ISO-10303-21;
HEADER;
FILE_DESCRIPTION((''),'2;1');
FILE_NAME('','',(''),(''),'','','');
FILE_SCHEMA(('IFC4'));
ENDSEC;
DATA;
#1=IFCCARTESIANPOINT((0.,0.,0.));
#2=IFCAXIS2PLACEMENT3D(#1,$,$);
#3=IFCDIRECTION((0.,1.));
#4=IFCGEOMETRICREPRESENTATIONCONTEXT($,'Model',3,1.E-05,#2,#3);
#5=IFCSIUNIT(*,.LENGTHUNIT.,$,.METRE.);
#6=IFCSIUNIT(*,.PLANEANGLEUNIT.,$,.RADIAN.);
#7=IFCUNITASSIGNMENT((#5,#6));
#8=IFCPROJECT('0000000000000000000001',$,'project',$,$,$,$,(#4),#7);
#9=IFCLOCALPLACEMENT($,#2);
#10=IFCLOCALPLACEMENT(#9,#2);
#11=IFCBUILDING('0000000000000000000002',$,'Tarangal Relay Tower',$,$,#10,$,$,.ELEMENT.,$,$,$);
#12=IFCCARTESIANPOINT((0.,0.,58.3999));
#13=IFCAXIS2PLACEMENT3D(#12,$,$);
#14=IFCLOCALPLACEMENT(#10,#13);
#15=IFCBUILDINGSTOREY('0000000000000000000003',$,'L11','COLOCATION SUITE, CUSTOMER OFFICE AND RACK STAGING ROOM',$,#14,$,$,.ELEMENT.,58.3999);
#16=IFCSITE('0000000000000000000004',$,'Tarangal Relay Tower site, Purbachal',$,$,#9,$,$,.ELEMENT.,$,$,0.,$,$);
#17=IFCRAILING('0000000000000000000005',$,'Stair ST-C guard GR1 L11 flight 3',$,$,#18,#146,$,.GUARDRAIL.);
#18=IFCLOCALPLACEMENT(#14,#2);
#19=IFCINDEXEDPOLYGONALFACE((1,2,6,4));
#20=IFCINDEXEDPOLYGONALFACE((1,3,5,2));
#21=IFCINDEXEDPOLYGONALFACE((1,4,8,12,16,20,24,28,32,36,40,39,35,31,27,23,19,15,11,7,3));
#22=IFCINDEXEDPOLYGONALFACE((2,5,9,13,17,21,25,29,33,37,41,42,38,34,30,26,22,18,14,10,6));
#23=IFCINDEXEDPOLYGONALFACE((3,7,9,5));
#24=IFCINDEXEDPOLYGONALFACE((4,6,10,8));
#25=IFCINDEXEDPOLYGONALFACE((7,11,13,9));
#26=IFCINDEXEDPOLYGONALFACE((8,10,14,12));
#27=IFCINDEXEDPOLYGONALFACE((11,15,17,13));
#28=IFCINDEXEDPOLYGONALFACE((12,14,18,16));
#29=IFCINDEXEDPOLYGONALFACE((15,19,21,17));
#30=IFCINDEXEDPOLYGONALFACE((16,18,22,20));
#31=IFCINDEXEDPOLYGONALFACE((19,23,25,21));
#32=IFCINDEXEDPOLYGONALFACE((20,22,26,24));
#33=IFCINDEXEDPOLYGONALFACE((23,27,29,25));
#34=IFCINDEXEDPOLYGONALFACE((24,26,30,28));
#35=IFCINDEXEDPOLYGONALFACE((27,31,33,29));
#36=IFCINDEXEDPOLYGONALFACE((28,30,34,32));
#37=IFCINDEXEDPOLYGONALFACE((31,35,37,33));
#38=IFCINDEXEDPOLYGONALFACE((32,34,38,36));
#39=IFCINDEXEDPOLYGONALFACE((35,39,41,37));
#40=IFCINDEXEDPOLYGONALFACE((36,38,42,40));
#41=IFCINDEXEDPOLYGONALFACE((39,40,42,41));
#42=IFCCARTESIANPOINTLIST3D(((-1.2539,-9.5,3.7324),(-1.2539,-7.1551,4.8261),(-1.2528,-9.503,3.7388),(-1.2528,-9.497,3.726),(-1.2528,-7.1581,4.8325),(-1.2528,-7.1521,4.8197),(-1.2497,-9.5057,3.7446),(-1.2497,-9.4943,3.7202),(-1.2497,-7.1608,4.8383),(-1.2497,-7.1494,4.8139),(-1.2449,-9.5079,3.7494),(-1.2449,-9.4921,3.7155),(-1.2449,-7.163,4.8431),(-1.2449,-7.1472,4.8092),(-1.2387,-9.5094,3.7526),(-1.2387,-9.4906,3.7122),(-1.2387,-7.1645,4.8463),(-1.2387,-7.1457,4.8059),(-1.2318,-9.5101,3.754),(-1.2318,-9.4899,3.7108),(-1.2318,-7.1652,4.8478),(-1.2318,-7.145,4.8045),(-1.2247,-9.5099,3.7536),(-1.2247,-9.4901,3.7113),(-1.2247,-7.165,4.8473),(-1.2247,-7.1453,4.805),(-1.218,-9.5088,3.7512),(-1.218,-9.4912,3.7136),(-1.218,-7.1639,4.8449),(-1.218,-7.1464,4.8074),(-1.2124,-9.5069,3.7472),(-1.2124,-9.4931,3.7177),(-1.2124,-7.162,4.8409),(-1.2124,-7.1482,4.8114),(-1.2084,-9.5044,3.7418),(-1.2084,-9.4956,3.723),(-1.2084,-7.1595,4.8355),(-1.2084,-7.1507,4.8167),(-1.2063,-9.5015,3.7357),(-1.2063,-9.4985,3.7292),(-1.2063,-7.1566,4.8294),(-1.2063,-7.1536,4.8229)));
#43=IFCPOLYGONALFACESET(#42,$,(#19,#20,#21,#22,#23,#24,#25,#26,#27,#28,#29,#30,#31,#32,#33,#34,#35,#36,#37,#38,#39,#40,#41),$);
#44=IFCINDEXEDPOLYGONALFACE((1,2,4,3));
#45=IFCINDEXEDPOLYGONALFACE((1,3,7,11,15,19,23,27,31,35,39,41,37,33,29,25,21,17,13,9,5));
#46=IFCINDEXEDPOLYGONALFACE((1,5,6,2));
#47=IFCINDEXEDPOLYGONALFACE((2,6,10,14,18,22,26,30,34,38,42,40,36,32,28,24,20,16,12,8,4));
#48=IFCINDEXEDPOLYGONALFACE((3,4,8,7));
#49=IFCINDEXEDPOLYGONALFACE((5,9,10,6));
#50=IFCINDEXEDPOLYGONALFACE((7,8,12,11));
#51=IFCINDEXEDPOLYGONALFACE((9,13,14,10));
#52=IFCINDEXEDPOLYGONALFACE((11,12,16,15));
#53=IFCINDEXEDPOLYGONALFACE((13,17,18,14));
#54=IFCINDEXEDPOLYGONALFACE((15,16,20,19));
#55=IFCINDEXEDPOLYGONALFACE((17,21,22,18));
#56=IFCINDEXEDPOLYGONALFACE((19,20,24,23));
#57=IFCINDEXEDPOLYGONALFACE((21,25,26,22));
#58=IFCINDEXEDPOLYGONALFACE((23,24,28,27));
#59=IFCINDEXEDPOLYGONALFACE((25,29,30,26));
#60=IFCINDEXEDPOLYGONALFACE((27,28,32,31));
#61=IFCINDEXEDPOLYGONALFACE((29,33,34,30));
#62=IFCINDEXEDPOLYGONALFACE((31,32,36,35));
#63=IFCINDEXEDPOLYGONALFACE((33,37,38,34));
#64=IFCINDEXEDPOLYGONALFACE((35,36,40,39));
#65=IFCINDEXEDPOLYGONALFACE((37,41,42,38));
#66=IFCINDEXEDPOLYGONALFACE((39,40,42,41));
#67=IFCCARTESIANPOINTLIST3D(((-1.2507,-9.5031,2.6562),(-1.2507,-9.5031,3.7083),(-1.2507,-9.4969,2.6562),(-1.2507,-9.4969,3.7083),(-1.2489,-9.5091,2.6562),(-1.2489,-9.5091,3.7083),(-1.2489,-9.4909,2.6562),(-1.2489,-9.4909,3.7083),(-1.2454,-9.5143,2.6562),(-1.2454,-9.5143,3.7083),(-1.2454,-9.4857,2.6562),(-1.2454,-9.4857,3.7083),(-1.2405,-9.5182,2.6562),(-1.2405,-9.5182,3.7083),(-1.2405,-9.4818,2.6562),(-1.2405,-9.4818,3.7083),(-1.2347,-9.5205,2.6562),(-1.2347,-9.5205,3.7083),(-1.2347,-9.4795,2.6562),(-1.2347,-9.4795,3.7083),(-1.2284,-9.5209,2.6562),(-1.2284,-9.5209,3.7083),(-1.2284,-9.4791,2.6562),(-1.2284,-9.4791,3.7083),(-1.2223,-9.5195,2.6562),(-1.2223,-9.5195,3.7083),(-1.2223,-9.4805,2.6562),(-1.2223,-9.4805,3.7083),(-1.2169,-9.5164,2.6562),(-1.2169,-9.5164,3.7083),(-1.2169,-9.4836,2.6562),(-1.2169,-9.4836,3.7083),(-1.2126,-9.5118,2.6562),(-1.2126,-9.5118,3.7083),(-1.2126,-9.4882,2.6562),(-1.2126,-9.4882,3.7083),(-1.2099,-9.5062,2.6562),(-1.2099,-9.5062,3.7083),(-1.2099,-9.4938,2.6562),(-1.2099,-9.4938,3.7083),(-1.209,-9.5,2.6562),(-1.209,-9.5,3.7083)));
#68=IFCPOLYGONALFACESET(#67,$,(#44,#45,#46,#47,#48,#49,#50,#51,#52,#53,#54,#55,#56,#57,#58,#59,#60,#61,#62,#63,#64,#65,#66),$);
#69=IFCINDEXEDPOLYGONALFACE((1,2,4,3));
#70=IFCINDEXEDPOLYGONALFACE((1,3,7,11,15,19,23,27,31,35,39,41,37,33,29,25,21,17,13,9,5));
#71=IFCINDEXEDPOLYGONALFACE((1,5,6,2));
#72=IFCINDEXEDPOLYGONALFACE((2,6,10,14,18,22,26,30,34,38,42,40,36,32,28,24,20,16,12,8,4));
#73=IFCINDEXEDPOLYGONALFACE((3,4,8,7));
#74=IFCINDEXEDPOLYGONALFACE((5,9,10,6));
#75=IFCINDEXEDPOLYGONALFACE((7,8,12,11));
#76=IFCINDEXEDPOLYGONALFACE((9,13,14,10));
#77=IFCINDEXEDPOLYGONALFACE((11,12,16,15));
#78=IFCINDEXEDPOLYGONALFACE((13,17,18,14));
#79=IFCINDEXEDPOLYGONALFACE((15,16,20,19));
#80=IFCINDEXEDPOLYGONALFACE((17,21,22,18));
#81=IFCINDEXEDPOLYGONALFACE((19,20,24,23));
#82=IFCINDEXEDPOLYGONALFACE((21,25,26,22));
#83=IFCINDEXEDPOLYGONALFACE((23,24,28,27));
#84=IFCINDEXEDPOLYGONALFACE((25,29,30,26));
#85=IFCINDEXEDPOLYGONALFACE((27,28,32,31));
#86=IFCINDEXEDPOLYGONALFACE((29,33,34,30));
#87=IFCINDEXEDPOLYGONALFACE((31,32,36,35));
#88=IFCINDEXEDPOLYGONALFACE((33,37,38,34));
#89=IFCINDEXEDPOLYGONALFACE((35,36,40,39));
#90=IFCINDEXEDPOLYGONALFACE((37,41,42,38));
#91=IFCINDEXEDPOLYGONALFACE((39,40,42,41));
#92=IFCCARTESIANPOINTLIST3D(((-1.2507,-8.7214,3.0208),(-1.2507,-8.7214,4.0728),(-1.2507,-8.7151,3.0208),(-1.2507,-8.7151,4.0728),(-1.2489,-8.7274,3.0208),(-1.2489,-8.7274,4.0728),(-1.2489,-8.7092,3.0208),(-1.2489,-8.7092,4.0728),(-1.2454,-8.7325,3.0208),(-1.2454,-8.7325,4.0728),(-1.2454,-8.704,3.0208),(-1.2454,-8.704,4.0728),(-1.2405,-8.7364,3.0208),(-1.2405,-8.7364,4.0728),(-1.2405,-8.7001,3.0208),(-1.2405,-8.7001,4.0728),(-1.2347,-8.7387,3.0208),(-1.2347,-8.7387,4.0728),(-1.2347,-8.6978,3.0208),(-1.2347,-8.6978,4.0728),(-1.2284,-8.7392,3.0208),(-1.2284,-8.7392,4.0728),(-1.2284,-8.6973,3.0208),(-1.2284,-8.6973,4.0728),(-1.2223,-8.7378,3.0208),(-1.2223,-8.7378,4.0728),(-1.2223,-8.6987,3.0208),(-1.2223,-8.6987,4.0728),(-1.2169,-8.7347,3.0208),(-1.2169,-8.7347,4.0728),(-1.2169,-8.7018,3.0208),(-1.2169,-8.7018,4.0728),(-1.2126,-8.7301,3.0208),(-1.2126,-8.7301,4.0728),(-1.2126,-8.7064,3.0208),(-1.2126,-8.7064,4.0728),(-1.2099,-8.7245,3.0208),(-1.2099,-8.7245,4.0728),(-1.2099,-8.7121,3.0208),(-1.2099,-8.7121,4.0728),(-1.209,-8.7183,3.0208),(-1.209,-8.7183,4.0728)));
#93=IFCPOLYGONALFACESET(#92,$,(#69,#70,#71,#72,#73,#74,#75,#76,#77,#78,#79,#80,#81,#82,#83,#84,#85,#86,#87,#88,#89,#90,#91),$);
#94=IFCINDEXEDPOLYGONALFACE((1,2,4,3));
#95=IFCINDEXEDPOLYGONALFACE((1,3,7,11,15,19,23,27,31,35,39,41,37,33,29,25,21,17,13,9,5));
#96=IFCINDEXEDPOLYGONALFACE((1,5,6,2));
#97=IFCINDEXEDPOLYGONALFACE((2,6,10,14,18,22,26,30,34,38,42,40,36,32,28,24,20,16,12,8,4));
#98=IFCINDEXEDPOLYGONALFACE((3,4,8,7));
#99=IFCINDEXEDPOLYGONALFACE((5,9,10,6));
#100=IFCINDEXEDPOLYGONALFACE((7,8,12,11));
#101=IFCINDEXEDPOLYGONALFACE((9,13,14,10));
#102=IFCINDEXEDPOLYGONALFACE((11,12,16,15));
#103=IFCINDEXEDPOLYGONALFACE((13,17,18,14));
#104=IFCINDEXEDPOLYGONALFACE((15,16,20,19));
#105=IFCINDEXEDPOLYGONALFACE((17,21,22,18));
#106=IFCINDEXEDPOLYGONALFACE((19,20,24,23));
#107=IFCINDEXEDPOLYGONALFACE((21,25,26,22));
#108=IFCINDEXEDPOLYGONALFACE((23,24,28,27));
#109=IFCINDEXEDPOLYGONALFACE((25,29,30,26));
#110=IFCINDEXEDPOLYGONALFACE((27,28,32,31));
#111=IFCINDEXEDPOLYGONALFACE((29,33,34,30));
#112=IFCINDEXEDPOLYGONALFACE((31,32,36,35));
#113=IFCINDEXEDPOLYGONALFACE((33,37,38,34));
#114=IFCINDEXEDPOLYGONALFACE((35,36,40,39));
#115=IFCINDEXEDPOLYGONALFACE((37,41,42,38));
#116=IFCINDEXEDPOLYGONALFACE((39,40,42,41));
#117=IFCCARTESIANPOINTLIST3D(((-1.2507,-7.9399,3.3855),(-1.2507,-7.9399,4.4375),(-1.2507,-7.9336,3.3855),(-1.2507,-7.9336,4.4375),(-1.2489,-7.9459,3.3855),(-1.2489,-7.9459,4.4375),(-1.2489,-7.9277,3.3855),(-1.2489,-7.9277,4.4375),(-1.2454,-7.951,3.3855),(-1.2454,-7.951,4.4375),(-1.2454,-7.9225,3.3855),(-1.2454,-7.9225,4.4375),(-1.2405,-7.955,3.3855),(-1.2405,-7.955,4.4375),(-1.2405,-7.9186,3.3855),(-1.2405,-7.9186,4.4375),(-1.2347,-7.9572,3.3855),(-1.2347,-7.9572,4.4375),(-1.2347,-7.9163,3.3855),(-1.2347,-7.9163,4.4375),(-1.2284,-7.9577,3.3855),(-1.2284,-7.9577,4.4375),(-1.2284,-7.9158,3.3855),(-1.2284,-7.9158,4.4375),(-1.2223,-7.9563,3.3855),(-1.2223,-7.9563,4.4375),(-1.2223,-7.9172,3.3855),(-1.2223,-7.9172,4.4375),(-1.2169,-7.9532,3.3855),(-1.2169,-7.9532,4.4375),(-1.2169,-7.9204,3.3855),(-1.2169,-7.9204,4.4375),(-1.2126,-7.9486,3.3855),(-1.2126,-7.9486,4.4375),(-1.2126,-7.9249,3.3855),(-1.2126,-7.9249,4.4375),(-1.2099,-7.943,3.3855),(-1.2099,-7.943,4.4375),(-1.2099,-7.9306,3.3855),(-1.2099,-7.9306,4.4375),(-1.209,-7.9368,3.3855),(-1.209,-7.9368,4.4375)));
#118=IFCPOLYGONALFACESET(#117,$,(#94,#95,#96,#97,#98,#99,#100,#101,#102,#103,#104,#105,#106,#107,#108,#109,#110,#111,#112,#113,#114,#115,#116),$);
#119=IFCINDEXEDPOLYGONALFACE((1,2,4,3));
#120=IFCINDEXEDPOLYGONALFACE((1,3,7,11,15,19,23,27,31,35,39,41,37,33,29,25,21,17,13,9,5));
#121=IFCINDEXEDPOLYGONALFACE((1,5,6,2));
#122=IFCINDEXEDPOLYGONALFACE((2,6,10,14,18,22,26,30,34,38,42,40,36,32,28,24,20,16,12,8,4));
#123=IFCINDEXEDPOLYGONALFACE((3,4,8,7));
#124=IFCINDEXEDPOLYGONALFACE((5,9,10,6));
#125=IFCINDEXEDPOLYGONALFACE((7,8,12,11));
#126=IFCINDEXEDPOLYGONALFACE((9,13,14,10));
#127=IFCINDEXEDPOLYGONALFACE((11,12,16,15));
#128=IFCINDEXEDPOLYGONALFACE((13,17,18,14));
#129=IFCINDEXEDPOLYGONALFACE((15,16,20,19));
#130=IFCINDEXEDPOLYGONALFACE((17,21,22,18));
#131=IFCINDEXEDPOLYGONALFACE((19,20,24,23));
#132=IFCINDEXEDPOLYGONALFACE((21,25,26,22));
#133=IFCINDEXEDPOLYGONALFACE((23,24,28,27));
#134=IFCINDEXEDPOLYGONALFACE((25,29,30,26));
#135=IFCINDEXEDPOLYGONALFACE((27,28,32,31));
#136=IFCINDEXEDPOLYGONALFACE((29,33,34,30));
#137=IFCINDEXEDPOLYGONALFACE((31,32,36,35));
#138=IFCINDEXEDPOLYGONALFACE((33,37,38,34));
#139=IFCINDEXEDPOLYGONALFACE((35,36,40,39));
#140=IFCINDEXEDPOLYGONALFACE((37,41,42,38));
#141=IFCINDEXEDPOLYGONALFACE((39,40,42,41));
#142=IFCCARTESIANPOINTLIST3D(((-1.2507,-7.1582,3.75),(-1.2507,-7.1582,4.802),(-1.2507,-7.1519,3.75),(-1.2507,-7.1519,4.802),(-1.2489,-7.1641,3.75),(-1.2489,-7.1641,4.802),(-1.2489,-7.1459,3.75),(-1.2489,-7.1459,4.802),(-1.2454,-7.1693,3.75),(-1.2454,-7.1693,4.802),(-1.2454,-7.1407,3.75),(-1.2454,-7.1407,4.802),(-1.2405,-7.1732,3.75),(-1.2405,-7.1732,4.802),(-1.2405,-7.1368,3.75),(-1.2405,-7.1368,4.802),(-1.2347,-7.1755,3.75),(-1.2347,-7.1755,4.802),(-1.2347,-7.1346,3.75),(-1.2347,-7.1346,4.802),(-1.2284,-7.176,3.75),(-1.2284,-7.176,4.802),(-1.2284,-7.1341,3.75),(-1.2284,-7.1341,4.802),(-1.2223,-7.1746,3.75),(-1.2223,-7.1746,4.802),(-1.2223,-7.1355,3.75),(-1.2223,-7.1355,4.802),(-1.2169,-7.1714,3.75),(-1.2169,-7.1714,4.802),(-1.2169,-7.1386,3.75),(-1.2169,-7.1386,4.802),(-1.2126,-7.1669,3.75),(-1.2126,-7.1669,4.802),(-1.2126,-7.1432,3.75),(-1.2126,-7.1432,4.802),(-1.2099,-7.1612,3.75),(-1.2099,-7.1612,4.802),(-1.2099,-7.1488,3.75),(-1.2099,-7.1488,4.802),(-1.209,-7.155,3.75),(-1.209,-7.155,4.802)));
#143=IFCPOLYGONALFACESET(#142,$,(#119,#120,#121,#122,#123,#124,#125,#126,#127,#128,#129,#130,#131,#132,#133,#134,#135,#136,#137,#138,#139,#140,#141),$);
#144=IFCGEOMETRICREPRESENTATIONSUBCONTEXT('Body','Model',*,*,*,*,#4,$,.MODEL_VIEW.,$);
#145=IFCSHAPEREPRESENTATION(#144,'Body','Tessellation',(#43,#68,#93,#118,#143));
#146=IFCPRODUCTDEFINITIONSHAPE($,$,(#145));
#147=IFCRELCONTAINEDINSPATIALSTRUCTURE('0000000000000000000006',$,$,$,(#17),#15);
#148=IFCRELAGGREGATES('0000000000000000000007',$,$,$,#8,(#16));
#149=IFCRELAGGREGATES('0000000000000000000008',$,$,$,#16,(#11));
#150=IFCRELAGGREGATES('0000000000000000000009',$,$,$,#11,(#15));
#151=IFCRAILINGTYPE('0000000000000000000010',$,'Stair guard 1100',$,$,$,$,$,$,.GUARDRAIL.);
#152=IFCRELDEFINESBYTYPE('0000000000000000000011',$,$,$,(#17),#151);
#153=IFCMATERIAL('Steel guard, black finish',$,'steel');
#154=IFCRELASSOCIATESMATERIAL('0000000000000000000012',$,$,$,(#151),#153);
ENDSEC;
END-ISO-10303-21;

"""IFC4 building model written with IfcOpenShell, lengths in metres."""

from ifc_helpers import new_model, si_unit, direction, frame, origin, origin_2d, place, context, subcontext, project, spatial, circle, extrude, material, type_object, element, save


model = new_model("IFC4")

# Units and contexts
model_context = context("Model", 3, precision=1e-05, world=origin(), true_north=direction((0.0, 1.0)))
body_context = subcontext(model_context, "Body", "Model", "MODEL_VIEW")
ifc_project = project(units=[si_unit("LENGTHUNIT", "METRE"), si_unit("PLANEANGLEUNIT", "RADIAN")], contexts=[model_context])

# Site, building, storey
site_placement = place(None, origin())
site = spatial("IfcSite", under=ifc_project, at=site_placement, Name="Tarangal Relay Tower site, Purbachal", CompositionType="ELEMENT", RefElevation=0.0)
building_placement = place(site_placement, origin())
building = spatial("IfcBuilding", under=site, at=building_placement, Name="Tarangal Relay Tower", CompositionType="ELEMENT")
storey_placement = place(building_placement, frame((0.0, 0.0, 58.3999)))
storey = spatial("IfcBuildingStorey", under=building, at=storey_placement, Name="L11", Description="COLOCATION SUITE, CUSTOMER OFFICE AND RACK STAGING ROOM", CompositionType="ELEMENT", Elevation=58.3999)

# Railing
ifc_material_1 = material(Name="Steel guard, black finish", Category="steel")
railing_type_1 = type_object("IfcRailingType", Name="Stair guard 1100", PredefinedType="GUARDRAIL", material=ifc_material_1)
for number, where, name in (
    (1, (-1.23, -9.5, 2.6562), "Stair ST-C guard GR1 L11 flight 3"),
):
    element("IfcRailing", number, at=place(storey_placement, frame(where)), inside=storey, type_object=railing_type_1, Name=name, PredefinedType="GUARDRAIL", context=body_context, shape_type="SweptSolid", body=[
        extrude(circle(Radius=0.0239, at=origin_2d()), frame((0.0, 0.0, 1.0762), z_axis=(0.0, 0.906267, 0.422705), x_axis=(-1.0, 0.0, 0.0)), (0.0, 0.0, 1.0), 2.5874),
        extrude(circle(Radius=0.021, at=origin_2d()), origin(), (0.0, 0.0, 1.0), 1.052),
        extrude(circle(Radius=0.021, at=origin_2d()), frame((0.0, 0.7817, 0.3645)), (0.0, 0.0, 1.0), 1.052),
        extrude(circle(Radius=0.021, at=origin_2d()), frame((0.0, 1.5632, 0.7292)), (0.0, 0.0, 1.0), 1.052),
        extrude(circle(Radius=0.021, at=origin_2d()), frame((0.0, 2.345, 1.0938)), (0.0, 0.0, 1.0), 1.052),
    ])

save(model, "model.ifc")
